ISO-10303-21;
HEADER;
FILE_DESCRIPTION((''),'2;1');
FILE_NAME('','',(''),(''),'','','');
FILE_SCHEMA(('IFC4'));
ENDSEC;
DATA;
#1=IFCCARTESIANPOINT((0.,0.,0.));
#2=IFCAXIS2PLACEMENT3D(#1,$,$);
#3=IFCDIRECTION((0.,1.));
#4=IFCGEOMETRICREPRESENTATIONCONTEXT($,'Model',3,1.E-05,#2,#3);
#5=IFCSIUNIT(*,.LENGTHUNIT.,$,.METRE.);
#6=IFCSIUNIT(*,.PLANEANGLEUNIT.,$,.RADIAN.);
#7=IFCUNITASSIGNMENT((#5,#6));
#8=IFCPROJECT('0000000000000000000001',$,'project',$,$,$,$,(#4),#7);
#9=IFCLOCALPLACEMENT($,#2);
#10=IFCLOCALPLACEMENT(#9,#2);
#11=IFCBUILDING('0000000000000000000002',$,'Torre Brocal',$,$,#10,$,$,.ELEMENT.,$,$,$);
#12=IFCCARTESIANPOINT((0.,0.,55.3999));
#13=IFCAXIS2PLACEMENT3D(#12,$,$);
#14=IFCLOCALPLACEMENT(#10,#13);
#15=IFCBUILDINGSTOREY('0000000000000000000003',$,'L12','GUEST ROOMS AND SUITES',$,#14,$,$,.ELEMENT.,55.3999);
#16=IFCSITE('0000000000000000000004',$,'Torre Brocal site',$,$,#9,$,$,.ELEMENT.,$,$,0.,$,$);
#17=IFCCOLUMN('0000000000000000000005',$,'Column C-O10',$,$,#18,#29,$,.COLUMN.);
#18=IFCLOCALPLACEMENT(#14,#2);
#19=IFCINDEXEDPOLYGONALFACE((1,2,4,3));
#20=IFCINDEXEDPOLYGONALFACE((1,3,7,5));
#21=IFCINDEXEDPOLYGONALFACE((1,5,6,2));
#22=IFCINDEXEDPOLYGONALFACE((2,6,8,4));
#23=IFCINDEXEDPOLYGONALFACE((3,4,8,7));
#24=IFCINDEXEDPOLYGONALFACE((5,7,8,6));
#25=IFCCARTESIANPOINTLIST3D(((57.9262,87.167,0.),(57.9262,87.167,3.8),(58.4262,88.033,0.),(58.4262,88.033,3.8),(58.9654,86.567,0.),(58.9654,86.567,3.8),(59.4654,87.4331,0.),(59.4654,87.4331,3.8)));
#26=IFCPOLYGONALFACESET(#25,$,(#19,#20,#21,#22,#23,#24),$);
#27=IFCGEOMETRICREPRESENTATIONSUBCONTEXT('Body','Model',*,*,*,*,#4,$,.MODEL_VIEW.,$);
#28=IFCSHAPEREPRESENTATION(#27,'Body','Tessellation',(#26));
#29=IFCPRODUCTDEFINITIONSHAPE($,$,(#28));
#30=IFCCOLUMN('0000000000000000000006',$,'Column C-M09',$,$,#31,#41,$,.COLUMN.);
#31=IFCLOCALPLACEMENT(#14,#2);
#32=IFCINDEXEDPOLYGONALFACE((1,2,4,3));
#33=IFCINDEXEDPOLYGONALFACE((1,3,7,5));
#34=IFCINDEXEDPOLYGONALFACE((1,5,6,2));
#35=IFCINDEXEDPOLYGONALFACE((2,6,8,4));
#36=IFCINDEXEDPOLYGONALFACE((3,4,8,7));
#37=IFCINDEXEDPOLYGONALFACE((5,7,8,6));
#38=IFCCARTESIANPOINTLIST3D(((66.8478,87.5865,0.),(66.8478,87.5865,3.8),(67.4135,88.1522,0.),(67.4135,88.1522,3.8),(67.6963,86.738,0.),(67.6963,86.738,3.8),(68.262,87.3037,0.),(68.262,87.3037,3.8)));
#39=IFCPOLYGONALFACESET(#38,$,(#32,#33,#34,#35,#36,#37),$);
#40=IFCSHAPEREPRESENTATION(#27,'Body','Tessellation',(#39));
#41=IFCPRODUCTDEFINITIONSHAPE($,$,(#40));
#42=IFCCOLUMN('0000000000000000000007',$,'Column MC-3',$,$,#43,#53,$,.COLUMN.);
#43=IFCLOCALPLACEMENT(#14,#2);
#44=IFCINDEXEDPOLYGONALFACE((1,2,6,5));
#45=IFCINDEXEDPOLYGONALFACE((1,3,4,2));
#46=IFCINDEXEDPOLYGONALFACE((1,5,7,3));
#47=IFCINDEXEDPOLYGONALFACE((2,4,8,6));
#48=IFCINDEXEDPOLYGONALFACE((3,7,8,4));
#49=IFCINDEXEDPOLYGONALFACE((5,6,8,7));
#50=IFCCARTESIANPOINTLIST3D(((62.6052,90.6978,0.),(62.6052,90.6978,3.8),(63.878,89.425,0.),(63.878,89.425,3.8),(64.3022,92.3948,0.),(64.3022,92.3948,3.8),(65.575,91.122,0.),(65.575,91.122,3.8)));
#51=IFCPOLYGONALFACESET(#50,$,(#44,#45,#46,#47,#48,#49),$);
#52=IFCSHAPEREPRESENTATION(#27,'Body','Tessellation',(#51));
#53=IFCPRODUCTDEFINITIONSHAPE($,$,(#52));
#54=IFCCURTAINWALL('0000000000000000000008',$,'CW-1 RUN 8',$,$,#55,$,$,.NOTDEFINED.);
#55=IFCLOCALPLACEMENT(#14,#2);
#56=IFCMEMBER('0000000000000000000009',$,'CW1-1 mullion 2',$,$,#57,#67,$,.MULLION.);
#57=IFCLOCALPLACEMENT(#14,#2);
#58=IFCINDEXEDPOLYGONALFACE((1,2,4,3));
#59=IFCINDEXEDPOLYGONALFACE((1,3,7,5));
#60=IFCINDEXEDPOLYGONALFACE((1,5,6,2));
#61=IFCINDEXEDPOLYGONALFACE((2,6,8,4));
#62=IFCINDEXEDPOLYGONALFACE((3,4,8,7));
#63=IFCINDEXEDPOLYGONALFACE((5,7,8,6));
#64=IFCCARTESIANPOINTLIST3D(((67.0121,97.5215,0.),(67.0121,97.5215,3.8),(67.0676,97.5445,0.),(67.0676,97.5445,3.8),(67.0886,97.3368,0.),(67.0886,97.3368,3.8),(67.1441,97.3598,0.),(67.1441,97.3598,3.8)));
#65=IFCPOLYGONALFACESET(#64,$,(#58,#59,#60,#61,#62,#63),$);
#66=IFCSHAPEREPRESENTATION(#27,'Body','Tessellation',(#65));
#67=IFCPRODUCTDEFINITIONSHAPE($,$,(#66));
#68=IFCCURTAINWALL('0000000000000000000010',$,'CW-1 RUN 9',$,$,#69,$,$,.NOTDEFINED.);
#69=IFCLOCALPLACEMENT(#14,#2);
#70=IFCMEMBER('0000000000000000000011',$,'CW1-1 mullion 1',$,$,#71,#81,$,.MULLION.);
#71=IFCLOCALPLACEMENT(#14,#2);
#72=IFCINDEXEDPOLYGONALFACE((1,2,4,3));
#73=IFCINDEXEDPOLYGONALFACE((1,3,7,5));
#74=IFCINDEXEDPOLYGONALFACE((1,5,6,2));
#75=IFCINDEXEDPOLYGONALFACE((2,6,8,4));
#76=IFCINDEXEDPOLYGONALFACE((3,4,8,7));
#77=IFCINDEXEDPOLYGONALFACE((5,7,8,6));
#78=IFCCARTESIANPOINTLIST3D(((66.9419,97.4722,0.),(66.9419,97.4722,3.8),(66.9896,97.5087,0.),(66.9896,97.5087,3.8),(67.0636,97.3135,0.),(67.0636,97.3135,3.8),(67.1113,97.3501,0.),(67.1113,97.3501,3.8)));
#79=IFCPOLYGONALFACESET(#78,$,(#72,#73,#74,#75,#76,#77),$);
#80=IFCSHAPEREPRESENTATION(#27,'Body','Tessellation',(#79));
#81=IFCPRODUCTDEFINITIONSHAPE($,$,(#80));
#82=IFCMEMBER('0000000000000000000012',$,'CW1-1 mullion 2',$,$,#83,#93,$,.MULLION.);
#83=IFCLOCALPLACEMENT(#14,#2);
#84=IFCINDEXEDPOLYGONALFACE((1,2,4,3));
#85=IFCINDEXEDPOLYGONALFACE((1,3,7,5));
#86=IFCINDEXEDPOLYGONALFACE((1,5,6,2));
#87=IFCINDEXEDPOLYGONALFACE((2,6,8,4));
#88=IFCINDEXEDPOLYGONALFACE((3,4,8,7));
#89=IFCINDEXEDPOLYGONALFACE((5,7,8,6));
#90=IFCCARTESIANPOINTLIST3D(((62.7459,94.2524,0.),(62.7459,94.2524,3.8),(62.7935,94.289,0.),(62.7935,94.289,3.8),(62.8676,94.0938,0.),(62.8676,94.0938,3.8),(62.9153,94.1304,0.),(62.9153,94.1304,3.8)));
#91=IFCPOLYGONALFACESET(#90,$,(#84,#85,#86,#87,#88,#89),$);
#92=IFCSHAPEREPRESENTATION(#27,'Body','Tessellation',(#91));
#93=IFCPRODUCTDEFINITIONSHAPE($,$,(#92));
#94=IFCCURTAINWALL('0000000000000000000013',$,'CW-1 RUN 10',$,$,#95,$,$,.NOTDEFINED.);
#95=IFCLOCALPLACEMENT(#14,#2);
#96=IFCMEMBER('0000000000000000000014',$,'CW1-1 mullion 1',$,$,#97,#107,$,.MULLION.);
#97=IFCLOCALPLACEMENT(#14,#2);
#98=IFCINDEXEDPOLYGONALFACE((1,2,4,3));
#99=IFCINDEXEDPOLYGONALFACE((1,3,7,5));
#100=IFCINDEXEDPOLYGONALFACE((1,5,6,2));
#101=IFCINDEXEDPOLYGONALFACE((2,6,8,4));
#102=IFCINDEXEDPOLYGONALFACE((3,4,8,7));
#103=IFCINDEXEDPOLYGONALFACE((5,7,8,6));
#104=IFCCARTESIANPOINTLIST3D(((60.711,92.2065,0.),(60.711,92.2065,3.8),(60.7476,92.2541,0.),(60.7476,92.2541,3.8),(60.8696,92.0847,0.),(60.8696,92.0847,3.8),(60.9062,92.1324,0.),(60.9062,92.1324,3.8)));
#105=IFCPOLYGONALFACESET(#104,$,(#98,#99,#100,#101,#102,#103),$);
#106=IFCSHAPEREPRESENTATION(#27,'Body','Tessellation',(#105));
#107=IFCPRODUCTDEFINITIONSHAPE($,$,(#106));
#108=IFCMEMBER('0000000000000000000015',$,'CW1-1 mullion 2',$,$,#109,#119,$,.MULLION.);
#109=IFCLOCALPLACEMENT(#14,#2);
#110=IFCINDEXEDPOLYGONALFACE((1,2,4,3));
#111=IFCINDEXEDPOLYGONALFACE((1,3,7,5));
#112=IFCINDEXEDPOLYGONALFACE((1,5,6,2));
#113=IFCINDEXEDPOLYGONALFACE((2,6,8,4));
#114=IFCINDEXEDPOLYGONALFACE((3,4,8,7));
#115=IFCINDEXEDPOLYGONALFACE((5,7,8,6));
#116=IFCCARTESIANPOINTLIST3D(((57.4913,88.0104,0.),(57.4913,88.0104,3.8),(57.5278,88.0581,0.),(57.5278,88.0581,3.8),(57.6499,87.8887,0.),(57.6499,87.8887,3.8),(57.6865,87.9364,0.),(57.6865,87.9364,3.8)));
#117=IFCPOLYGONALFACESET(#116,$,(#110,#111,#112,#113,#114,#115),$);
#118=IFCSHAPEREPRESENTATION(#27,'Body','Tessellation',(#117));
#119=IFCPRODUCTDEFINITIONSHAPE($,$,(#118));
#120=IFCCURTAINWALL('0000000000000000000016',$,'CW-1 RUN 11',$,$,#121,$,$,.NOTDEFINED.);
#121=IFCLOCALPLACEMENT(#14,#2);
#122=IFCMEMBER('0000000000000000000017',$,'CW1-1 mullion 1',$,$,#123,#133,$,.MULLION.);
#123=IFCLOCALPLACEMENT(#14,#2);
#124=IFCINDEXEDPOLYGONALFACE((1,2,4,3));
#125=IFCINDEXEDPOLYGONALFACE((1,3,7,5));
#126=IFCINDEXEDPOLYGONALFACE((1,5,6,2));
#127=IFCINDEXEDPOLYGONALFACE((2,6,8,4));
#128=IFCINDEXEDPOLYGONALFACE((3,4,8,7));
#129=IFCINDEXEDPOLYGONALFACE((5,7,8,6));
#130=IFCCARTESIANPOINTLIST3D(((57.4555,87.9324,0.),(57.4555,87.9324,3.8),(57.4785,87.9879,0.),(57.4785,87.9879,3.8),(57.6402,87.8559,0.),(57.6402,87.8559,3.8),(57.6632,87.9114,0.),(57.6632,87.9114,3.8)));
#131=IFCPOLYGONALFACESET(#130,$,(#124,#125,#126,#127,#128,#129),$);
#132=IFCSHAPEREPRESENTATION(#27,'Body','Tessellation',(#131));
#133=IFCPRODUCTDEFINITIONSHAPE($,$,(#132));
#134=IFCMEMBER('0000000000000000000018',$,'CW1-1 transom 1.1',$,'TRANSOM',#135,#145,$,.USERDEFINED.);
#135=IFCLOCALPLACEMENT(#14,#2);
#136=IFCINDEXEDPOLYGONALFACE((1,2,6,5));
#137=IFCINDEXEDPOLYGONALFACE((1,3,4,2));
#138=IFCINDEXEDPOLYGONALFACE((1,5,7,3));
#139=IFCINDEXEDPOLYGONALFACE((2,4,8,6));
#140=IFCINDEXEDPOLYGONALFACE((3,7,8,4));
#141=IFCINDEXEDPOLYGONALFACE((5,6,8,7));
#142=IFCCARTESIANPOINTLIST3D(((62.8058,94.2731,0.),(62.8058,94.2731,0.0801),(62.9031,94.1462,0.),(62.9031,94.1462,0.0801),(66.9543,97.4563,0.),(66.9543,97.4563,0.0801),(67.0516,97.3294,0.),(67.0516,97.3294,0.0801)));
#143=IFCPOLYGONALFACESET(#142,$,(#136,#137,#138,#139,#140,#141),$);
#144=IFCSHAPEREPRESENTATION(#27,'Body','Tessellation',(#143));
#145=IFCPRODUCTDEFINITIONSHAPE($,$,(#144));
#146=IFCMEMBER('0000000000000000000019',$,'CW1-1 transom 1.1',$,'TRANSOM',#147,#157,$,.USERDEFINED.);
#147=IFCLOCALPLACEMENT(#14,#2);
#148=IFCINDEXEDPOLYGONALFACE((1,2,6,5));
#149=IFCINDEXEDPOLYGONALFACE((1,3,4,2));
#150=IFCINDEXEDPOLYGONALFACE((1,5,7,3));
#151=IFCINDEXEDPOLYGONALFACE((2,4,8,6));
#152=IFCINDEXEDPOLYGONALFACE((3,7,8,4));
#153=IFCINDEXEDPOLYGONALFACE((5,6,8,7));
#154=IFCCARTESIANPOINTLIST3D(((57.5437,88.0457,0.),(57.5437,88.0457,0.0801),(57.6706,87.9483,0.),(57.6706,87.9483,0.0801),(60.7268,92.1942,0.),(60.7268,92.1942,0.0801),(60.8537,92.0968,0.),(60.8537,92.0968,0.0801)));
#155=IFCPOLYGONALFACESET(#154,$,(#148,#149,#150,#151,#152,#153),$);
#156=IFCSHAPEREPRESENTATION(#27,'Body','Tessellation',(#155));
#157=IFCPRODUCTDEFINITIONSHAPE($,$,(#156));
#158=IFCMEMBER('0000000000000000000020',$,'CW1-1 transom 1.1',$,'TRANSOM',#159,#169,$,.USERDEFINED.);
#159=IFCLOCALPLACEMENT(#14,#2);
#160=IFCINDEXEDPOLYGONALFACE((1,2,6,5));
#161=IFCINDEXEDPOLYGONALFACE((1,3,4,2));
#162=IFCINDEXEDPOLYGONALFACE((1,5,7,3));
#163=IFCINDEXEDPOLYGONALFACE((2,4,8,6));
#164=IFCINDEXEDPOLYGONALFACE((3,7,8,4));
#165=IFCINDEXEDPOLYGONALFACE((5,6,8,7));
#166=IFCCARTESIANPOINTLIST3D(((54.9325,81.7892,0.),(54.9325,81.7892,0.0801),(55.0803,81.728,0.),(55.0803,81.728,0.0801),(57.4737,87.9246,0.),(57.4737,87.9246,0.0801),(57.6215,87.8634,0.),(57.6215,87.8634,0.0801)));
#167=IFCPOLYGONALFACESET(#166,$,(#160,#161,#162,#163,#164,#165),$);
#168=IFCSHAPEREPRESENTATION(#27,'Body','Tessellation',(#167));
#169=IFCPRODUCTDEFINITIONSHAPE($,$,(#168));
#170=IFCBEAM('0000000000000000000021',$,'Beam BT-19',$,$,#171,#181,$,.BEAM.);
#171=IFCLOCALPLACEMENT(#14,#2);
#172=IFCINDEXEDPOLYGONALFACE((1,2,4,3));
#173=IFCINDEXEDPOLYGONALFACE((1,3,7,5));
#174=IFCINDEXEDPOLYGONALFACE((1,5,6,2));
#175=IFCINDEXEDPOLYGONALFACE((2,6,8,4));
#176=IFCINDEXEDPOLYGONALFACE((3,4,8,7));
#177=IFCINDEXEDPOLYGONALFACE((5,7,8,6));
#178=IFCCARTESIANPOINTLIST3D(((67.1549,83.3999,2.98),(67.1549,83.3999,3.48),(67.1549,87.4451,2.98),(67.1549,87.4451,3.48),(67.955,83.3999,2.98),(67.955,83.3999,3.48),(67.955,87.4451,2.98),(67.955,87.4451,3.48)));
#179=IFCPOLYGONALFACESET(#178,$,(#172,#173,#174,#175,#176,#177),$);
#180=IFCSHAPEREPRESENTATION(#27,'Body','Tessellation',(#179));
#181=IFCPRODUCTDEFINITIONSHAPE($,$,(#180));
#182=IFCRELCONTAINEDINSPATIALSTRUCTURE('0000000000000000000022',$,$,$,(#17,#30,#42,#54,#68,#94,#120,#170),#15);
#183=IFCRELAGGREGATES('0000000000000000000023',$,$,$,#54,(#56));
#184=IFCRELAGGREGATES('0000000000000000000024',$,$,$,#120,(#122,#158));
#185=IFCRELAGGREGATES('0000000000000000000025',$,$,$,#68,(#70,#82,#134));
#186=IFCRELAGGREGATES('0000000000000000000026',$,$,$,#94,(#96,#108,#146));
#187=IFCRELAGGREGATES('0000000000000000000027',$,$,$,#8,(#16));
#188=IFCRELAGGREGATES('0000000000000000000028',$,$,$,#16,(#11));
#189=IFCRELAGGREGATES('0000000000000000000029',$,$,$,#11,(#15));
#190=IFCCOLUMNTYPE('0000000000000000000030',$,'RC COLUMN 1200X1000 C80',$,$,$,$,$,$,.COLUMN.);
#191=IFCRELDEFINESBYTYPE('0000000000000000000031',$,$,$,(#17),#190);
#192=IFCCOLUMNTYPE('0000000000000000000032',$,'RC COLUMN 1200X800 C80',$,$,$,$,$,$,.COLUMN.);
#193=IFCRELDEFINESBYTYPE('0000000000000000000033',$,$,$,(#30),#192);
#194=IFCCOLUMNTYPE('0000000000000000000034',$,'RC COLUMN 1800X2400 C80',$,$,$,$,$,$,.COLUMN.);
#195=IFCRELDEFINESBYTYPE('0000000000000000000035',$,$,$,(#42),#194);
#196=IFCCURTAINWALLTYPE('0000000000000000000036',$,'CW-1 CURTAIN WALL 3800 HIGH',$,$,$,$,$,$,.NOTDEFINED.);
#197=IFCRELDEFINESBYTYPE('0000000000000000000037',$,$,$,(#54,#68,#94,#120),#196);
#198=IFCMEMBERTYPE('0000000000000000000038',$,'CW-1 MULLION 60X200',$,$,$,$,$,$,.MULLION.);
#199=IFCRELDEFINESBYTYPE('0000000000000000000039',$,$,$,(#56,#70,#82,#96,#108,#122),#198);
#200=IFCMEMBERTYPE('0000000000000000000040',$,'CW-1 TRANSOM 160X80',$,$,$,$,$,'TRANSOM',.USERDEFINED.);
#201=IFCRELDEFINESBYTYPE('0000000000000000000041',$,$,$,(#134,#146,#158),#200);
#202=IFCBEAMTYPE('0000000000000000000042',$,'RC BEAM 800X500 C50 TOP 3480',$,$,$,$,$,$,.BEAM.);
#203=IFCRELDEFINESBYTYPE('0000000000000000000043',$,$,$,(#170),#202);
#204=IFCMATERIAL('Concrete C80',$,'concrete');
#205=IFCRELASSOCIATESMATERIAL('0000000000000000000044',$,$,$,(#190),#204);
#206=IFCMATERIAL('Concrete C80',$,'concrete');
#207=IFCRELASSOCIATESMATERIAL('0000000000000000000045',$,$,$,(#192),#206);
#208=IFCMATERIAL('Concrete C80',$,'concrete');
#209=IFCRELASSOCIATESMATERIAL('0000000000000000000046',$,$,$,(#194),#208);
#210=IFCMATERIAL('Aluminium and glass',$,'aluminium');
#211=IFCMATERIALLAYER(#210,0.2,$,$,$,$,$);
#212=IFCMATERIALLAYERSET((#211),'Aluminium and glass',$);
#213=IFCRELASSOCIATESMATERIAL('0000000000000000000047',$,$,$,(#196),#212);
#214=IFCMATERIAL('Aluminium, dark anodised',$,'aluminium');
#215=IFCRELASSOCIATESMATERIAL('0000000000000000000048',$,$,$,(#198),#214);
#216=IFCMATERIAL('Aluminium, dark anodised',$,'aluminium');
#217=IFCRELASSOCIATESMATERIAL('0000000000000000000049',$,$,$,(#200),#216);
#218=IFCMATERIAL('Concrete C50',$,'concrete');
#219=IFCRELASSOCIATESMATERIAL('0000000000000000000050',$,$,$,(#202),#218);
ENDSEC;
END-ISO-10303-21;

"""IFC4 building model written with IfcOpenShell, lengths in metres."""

from ifc_helpers import new_model, si_unit, direction, frame, origin, origin_2d, place, context, subcontext, project, spatial, rectangle, extrude, material, layer, layer_set, material_profile, profile_set, type_object, element, aggregate, save


model = new_model("IFC4")

# Units and contexts
model_context = context("Model", 3, precision=1e-05, world=origin(), true_north=direction((0.0, 1.0)))
body_context = subcontext(model_context, "Body", "Model", "MODEL_VIEW")
ifc_project = project(units=[si_unit("LENGTHUNIT", "METRE"), si_unit("PLANEANGLEUNIT", "RADIAN")], contexts=[model_context])

# Site, building, storey
site_placement = place(None, origin())
site = spatial("IfcSite", under=ifc_project, at=site_placement, Name="Torre Brocal site", CompositionType="ELEMENT", RefElevation=0.0)
building_placement = place(site_placement, origin())
building = spatial("IfcBuilding", under=site, at=building_placement, Name="Torre Brocal", CompositionType="ELEMENT")
storey_placement = place(building_placement, frame((0.0, 0.0, 55.3999)))
storey = spatial("IfcBuildingStorey", under=building, at=storey_placement, Name="L12", Description="GUEST ROOMS AND SUITES", CompositionType="ELEMENT", Elevation=55.3999)

# Columns
ifc_material_1 = material(Name="Concrete C80", Category="concrete")
ifc_material_profile_1 = material_profile(ifc_material_1, rectangle(XDim=1.2, YDim=1.0, at=origin_2d()), Name="RC 1200X1000")
ifc_profile_set_1 = profile_set([ifc_material_profile_1], Name="Concrete C80")
column_type_1 = type_object("IfcColumnType", Name="RC COLUMN 1200X1000 C80", PredefinedType="COLUMN", material=ifc_profile_set_1)
column_1_placement = place(storey_placement, frame((58.6958, 87.3, 0.0), z_axis=(0.0, 0.0, 1.0), x_axis=(-0.866025, 0.5, 0.0)))
element("IfcColumn", 1, at=column_1_placement, inside=storey, type_object=column_type_1, Name="Column C-O10", PredefinedType="COLUMN", context=body_context, shape_type="SweptSolid", body=[
    extrude(rectangle(XDim=1.2, YDim=1.0, at=origin_2d()), origin(), (0.0, 0.0, 1.0), 3.8),
])
ifc_material_2 = material(Name="Concrete C80", Category="concrete")
ifc_material_profile_2 = material_profile(ifc_material_2, rectangle(XDim=1.2, YDim=0.8, at=origin_2d()), Name="RC 1200X800")
ifc_profile_set_2 = profile_set([ifc_material_profile_2], Name="Concrete C80")
column_type_2 = type_object("IfcColumnType", Name="RC COLUMN 1200X800 C80", PredefinedType="COLUMN", material=ifc_profile_set_2)
column_2_placement = place(storey_placement, frame((67.5549, 87.4451, 0.0), z_axis=(0.0, 0.0, 1.0), x_axis=(-0.707107, 0.707107, 0.0)))
element("IfcColumn", 2, at=column_2_placement, inside=storey, type_object=column_type_2, Name="Column C-M09", PredefinedType="COLUMN", context=body_context, shape_type="SweptSolid", body=[
    extrude(rectangle(XDim=1.2, YDim=0.8, at=origin_2d()), origin(), (0.0, 0.0, 1.0), 3.8),
])
ifc_material_3 = material(Name="Concrete C80", Category="concrete")
ifc_material_profile_3 = material_profile(ifc_material_3, rectangle(XDim=1.8, YDim=2.3999, at=origin_2d()), Name="RC 1800X2400")
ifc_profile_set_3 = profile_set([ifc_material_profile_3], Name="Concrete C80")
column_type_3 = type_object("IfcColumnType", Name="RC COLUMN 1800X2400 C80", PredefinedType="COLUMN", material=ifc_profile_set_3)
column_3_placement = place(storey_placement, frame((64.0901, 90.9099, 0.0), z_axis=(0.0, 0.0, 1.0), x_axis=(-0.707107, 0.707107, 0.0)))
element("IfcColumn", 3, at=column_3_placement, inside=storey, type_object=column_type_3, Name="Column MC-3", PredefinedType="COLUMN", context=body_context, shape_type="SweptSolid", body=[
    extrude(rectangle(XDim=1.8, YDim=2.3999, at=origin_2d()), origin(), (0.0, 0.0, 1.0), 3.8),
])

# Curtain wall, member
ifc_material_4 = material(Name="Aluminium and glass", Category="aluminium")
ifc_layer_1 = layer(ifc_material_4, 0.2)
ifc_layer_set_1 = layer_set([ifc_layer_1], Name="Aluminium and glass")
curtain_wall_type = type_object("IfcCurtainWallType", Name="CW-1 CURTAIN WALL 3800 HIGH", PredefinedType="NOTDEFINED", material=ifc_layer_set_1)
curtain_wall_1_placement = place(storey_placement, origin())
curtain_wall_1 = element("IfcCurtainWall", 4, at=curtain_wall_1_placement, inside=storey, type_object=curtain_wall_type, Name="CW-1 RUN 8", PredefinedType="NOTDEFINED")
ifc_material_5 = material(Name="Aluminium, dark anodised", Category="aluminium")
ifc_material_profile_4 = material_profile(ifc_material_5, rectangle(XDim=0.2, YDim=0.0601, at=origin_2d()), Name="CW-1 MULLION 60X200")
ifc_profile_set_4 = profile_set([ifc_material_profile_4], Name="Aluminium, dark anodised")
member_type_1 = type_object("IfcMemberType", Name="CW-1 MULLION 60X200", PredefinedType="MULLION", material=ifc_profile_set_4)
member_1_placement = place(storey_placement, frame((67.0781, 97.4407, 0.0), z_axis=(0.0, 0.0, 1.0), x_axis=(0.382683, -0.92388, 0.0)))
member_1 = element("IfcMember", 5, at=member_1_placement, type_object=member_type_1, Name="CW1-1 mullion 2", PredefinedType="MULLION", context=body_context, shape_type="SweptSolid", body=[
    extrude(rectangle(XDim=0.2, YDim=0.0601, at=origin_2d()), origin(), (0.0, 0.0, 1.0), 3.8),
])
aggregate(curtain_wall_1, [member_1])

# Curtain walls, members
curtain_wall_2_placement = place(storey_placement, origin())
curtain_wall_2 = element("IfcCurtainWall", 6, at=curtain_wall_2_placement, inside=storey, type_object=curtain_wall_type, Name="CW-1 RUN 9", PredefinedType="NOTDEFINED")
member_2_placement = place(storey_placement, frame((67.0266, 97.4111, 0.0), z_axis=(0.0, 0.0, 1.0), x_axis=(0.608761, -0.793353, 0.0)))
member_2 = element("IfcMember", 7, at=member_2_placement, type_object=member_type_1, Name="CW1-1 mullion 1", PredefinedType="MULLION", context=body_context, shape_type="SweptSolid", body=[
    extrude(rectangle(XDim=0.2, YDim=0.0601, at=origin_2d()), origin(), (0.0, 0.0, 1.0), 3.8),
])
member_3_placement = place(storey_placement, frame((62.8306, 94.1914, 0.0), z_axis=(0.0, 0.0, 1.0), x_axis=(0.608761, -0.793353, 0.0)))
member_3 = element("IfcMember", 8, at=member_3_placement, type_object=member_type_1, Name="CW1-1 mullion 2", PredefinedType="MULLION", context=body_context, shape_type="SweptSolid", body=[
    extrude(rectangle(XDim=0.2, YDim=0.0601, at=origin_2d()), origin(), (0.0, 0.0, 1.0), 3.8),
])
curtain_wall_3_placement = place(storey_placement, origin())
curtain_wall_3 = element("IfcCurtainWall", 9, at=curtain_wall_3_placement, inside=storey, type_object=curtain_wall_type, Name="CW-1 RUN 10", PredefinedType="NOTDEFINED")
member_4_placement = place(storey_placement, frame((60.8086, 92.1694, 0.0), z_axis=(0.0, 0.0, 1.0), x_axis=(0.793353, -0.608761, 0.0)))
member_4 = element("IfcMember", 10, at=member_4_placement, type_object=member_type_1, Name="CW1-1 mullion 1", PredefinedType="MULLION", context=body_context, shape_type="SweptSolid", body=[
    extrude(rectangle(XDim=0.2, YDim=0.0601, at=origin_2d()), origin(), (0.0, 0.0, 1.0), 3.8),
])
member_5_placement = place(storey_placement, frame((57.5889, 87.9734, 0.0), z_axis=(0.0, 0.0, 1.0), x_axis=(0.793353, -0.608761, 0.0)))
member_5 = element("IfcMember", 11, at=member_5_placement, type_object=member_type_1, Name="CW1-1 mullion 2", PredefinedType="MULLION", context=body_context, shape_type="SweptSolid", body=[
    extrude(rectangle(XDim=0.2, YDim=0.0601, at=origin_2d()), origin(), (0.0, 0.0, 1.0), 3.8),
])

# Curtain wall, member
curtain_wall_4_placement = place(storey_placement, origin())
curtain_wall_4 = element("IfcCurtainWall", 12, at=curtain_wall_4_placement, inside=storey, type_object=curtain_wall_type, Name="CW-1 RUN 11", PredefinedType="NOTDEFINED")
member_6_placement = place(storey_placement, frame((57.5593, 87.9219, 0.0), z_axis=(0.0, 0.0, 1.0), x_axis=(0.92388, -0.382683, 0.0)))
member_6 = element("IfcMember", 13, at=member_6_placement, type_object=member_type_1, Name="CW1-1 mullion 1", PredefinedType="MULLION", context=body_context, shape_type="SweptSolid", body=[
    extrude(rectangle(XDim=0.2, YDim=0.0601, at=origin_2d()), origin(), (0.0, 0.0, 1.0), 3.8),
])

# Members
ifc_material_6 = material(Name="Aluminium, dark anodised", Category="aluminium")
ifc_material_profile_5 = material_profile(ifc_material_6, rectangle(XDim=0.1599, YDim=0.0801, at=origin_2d()), Name="CW-1 TRANSOM 160X80")
ifc_profile_set_5 = profile_set([ifc_material_profile_5], Name="Aluminium, dark anodised")
member_type_2 = type_object("IfcMemberType", Name="CW-1 TRANSOM 160X80", ElementType="TRANSOM", PredefinedType="USERDEFINED", material=ifc_profile_set_5)
member_7_placement = place(storey_placement, frame((67.0029, 97.3928, 0.04), z_axis=(-0.793363, -0.608749, 0.0), x_axis=(0.608749, -0.793363, 0.0)))
member_7 = element("IfcMember", 14, at=member_7_placement, type_object=member_type_2, Name="CW1-1 transom 1.1", ObjectType="TRANSOM", PredefinedType="USERDEFINED", context=body_context, shape_type="SweptSolid", body=[
    extrude(rectangle(XDim=0.1599, YDim=0.0801, at=origin_2d()), origin(), (0.0, 0.0, 1.0), 5.229),
])
member_8_placement = place(storey_placement, frame((60.7903, 92.1455, 0.04), z_axis=(-0.608749, -0.793363, 0.0), x_axis=(0.793363, -0.608749, 0.0)))
member_8 = element("IfcMember", 15, at=member_8_placement, type_object=member_type_2, Name="CW1-1 transom 1.1", ObjectType="TRANSOM", PredefinedType="USERDEFINED", context=body_context, shape_type="SweptSolid", body=[
    extrude(rectangle(XDim=0.1599, YDim=0.0801, at=origin_2d()), origin(), (0.0, 0.0, 1.0), 5.229),
])
member_9_placement = place(storey_placement, frame((57.5476, 87.894, 0.04), z_axis=(-0.382665, -0.923887, 0.0), x_axis=(0.923887, -0.382665, 0.0)))
member_9 = element("IfcMember", 16, at=member_9_placement, type_object=member_type_2, Name="CW1-1 transom 1.1", ObjectType="TRANSOM", PredefinedType="USERDEFINED", context=body_context, shape_type="SweptSolid", body=[
    extrude(rectangle(XDim=0.1599, YDim=0.0801, at=origin_2d()), origin(), (0.0, 0.0, 1.0), 6.6409),
])
aggregate(curtain_wall_4, [member_6, member_9])

# Beam
ifc_material_7 = material(Name="Concrete C50", Category="concrete")
ifc_material_profile_6 = material_profile(ifc_material_7, rectangle(XDim=0.8, YDim=0.5, at=origin_2d()), Name="RC 800X500")
ifc_profile_set_6 = profile_set([ifc_material_profile_6], Name="Concrete C50")
beam_type_1 = type_object("IfcBeamType", Name="RC BEAM 800X500 C50 TOP 3480", PredefinedType="BEAM", material=ifc_profile_set_6)
beam_1_placement = place(storey_placement, frame((67.5549, 87.4451, 3.23), z_axis=(0.0, -1.0, 0.0), x_axis=(1.0, 0.0, 0.0)))
element("IfcBeam", 17, at=beam_1_placement, inside=storey, type_object=beam_type_1, Name="Beam BT-19", PredefinedType="BEAM", context=body_context, shape_type="SweptSolid", body=[
    extrude(rectangle(XDim=0.8, YDim=0.5, at=origin_2d()), origin(), (0.0, 0.0, 1.0), 4.0452),
])

aggregate(curtain_wall_2, [member_2, member_3, member_7])
aggregate(curtain_wall_3, [member_4, member_5, member_8])

save(model, "model.ifc")
